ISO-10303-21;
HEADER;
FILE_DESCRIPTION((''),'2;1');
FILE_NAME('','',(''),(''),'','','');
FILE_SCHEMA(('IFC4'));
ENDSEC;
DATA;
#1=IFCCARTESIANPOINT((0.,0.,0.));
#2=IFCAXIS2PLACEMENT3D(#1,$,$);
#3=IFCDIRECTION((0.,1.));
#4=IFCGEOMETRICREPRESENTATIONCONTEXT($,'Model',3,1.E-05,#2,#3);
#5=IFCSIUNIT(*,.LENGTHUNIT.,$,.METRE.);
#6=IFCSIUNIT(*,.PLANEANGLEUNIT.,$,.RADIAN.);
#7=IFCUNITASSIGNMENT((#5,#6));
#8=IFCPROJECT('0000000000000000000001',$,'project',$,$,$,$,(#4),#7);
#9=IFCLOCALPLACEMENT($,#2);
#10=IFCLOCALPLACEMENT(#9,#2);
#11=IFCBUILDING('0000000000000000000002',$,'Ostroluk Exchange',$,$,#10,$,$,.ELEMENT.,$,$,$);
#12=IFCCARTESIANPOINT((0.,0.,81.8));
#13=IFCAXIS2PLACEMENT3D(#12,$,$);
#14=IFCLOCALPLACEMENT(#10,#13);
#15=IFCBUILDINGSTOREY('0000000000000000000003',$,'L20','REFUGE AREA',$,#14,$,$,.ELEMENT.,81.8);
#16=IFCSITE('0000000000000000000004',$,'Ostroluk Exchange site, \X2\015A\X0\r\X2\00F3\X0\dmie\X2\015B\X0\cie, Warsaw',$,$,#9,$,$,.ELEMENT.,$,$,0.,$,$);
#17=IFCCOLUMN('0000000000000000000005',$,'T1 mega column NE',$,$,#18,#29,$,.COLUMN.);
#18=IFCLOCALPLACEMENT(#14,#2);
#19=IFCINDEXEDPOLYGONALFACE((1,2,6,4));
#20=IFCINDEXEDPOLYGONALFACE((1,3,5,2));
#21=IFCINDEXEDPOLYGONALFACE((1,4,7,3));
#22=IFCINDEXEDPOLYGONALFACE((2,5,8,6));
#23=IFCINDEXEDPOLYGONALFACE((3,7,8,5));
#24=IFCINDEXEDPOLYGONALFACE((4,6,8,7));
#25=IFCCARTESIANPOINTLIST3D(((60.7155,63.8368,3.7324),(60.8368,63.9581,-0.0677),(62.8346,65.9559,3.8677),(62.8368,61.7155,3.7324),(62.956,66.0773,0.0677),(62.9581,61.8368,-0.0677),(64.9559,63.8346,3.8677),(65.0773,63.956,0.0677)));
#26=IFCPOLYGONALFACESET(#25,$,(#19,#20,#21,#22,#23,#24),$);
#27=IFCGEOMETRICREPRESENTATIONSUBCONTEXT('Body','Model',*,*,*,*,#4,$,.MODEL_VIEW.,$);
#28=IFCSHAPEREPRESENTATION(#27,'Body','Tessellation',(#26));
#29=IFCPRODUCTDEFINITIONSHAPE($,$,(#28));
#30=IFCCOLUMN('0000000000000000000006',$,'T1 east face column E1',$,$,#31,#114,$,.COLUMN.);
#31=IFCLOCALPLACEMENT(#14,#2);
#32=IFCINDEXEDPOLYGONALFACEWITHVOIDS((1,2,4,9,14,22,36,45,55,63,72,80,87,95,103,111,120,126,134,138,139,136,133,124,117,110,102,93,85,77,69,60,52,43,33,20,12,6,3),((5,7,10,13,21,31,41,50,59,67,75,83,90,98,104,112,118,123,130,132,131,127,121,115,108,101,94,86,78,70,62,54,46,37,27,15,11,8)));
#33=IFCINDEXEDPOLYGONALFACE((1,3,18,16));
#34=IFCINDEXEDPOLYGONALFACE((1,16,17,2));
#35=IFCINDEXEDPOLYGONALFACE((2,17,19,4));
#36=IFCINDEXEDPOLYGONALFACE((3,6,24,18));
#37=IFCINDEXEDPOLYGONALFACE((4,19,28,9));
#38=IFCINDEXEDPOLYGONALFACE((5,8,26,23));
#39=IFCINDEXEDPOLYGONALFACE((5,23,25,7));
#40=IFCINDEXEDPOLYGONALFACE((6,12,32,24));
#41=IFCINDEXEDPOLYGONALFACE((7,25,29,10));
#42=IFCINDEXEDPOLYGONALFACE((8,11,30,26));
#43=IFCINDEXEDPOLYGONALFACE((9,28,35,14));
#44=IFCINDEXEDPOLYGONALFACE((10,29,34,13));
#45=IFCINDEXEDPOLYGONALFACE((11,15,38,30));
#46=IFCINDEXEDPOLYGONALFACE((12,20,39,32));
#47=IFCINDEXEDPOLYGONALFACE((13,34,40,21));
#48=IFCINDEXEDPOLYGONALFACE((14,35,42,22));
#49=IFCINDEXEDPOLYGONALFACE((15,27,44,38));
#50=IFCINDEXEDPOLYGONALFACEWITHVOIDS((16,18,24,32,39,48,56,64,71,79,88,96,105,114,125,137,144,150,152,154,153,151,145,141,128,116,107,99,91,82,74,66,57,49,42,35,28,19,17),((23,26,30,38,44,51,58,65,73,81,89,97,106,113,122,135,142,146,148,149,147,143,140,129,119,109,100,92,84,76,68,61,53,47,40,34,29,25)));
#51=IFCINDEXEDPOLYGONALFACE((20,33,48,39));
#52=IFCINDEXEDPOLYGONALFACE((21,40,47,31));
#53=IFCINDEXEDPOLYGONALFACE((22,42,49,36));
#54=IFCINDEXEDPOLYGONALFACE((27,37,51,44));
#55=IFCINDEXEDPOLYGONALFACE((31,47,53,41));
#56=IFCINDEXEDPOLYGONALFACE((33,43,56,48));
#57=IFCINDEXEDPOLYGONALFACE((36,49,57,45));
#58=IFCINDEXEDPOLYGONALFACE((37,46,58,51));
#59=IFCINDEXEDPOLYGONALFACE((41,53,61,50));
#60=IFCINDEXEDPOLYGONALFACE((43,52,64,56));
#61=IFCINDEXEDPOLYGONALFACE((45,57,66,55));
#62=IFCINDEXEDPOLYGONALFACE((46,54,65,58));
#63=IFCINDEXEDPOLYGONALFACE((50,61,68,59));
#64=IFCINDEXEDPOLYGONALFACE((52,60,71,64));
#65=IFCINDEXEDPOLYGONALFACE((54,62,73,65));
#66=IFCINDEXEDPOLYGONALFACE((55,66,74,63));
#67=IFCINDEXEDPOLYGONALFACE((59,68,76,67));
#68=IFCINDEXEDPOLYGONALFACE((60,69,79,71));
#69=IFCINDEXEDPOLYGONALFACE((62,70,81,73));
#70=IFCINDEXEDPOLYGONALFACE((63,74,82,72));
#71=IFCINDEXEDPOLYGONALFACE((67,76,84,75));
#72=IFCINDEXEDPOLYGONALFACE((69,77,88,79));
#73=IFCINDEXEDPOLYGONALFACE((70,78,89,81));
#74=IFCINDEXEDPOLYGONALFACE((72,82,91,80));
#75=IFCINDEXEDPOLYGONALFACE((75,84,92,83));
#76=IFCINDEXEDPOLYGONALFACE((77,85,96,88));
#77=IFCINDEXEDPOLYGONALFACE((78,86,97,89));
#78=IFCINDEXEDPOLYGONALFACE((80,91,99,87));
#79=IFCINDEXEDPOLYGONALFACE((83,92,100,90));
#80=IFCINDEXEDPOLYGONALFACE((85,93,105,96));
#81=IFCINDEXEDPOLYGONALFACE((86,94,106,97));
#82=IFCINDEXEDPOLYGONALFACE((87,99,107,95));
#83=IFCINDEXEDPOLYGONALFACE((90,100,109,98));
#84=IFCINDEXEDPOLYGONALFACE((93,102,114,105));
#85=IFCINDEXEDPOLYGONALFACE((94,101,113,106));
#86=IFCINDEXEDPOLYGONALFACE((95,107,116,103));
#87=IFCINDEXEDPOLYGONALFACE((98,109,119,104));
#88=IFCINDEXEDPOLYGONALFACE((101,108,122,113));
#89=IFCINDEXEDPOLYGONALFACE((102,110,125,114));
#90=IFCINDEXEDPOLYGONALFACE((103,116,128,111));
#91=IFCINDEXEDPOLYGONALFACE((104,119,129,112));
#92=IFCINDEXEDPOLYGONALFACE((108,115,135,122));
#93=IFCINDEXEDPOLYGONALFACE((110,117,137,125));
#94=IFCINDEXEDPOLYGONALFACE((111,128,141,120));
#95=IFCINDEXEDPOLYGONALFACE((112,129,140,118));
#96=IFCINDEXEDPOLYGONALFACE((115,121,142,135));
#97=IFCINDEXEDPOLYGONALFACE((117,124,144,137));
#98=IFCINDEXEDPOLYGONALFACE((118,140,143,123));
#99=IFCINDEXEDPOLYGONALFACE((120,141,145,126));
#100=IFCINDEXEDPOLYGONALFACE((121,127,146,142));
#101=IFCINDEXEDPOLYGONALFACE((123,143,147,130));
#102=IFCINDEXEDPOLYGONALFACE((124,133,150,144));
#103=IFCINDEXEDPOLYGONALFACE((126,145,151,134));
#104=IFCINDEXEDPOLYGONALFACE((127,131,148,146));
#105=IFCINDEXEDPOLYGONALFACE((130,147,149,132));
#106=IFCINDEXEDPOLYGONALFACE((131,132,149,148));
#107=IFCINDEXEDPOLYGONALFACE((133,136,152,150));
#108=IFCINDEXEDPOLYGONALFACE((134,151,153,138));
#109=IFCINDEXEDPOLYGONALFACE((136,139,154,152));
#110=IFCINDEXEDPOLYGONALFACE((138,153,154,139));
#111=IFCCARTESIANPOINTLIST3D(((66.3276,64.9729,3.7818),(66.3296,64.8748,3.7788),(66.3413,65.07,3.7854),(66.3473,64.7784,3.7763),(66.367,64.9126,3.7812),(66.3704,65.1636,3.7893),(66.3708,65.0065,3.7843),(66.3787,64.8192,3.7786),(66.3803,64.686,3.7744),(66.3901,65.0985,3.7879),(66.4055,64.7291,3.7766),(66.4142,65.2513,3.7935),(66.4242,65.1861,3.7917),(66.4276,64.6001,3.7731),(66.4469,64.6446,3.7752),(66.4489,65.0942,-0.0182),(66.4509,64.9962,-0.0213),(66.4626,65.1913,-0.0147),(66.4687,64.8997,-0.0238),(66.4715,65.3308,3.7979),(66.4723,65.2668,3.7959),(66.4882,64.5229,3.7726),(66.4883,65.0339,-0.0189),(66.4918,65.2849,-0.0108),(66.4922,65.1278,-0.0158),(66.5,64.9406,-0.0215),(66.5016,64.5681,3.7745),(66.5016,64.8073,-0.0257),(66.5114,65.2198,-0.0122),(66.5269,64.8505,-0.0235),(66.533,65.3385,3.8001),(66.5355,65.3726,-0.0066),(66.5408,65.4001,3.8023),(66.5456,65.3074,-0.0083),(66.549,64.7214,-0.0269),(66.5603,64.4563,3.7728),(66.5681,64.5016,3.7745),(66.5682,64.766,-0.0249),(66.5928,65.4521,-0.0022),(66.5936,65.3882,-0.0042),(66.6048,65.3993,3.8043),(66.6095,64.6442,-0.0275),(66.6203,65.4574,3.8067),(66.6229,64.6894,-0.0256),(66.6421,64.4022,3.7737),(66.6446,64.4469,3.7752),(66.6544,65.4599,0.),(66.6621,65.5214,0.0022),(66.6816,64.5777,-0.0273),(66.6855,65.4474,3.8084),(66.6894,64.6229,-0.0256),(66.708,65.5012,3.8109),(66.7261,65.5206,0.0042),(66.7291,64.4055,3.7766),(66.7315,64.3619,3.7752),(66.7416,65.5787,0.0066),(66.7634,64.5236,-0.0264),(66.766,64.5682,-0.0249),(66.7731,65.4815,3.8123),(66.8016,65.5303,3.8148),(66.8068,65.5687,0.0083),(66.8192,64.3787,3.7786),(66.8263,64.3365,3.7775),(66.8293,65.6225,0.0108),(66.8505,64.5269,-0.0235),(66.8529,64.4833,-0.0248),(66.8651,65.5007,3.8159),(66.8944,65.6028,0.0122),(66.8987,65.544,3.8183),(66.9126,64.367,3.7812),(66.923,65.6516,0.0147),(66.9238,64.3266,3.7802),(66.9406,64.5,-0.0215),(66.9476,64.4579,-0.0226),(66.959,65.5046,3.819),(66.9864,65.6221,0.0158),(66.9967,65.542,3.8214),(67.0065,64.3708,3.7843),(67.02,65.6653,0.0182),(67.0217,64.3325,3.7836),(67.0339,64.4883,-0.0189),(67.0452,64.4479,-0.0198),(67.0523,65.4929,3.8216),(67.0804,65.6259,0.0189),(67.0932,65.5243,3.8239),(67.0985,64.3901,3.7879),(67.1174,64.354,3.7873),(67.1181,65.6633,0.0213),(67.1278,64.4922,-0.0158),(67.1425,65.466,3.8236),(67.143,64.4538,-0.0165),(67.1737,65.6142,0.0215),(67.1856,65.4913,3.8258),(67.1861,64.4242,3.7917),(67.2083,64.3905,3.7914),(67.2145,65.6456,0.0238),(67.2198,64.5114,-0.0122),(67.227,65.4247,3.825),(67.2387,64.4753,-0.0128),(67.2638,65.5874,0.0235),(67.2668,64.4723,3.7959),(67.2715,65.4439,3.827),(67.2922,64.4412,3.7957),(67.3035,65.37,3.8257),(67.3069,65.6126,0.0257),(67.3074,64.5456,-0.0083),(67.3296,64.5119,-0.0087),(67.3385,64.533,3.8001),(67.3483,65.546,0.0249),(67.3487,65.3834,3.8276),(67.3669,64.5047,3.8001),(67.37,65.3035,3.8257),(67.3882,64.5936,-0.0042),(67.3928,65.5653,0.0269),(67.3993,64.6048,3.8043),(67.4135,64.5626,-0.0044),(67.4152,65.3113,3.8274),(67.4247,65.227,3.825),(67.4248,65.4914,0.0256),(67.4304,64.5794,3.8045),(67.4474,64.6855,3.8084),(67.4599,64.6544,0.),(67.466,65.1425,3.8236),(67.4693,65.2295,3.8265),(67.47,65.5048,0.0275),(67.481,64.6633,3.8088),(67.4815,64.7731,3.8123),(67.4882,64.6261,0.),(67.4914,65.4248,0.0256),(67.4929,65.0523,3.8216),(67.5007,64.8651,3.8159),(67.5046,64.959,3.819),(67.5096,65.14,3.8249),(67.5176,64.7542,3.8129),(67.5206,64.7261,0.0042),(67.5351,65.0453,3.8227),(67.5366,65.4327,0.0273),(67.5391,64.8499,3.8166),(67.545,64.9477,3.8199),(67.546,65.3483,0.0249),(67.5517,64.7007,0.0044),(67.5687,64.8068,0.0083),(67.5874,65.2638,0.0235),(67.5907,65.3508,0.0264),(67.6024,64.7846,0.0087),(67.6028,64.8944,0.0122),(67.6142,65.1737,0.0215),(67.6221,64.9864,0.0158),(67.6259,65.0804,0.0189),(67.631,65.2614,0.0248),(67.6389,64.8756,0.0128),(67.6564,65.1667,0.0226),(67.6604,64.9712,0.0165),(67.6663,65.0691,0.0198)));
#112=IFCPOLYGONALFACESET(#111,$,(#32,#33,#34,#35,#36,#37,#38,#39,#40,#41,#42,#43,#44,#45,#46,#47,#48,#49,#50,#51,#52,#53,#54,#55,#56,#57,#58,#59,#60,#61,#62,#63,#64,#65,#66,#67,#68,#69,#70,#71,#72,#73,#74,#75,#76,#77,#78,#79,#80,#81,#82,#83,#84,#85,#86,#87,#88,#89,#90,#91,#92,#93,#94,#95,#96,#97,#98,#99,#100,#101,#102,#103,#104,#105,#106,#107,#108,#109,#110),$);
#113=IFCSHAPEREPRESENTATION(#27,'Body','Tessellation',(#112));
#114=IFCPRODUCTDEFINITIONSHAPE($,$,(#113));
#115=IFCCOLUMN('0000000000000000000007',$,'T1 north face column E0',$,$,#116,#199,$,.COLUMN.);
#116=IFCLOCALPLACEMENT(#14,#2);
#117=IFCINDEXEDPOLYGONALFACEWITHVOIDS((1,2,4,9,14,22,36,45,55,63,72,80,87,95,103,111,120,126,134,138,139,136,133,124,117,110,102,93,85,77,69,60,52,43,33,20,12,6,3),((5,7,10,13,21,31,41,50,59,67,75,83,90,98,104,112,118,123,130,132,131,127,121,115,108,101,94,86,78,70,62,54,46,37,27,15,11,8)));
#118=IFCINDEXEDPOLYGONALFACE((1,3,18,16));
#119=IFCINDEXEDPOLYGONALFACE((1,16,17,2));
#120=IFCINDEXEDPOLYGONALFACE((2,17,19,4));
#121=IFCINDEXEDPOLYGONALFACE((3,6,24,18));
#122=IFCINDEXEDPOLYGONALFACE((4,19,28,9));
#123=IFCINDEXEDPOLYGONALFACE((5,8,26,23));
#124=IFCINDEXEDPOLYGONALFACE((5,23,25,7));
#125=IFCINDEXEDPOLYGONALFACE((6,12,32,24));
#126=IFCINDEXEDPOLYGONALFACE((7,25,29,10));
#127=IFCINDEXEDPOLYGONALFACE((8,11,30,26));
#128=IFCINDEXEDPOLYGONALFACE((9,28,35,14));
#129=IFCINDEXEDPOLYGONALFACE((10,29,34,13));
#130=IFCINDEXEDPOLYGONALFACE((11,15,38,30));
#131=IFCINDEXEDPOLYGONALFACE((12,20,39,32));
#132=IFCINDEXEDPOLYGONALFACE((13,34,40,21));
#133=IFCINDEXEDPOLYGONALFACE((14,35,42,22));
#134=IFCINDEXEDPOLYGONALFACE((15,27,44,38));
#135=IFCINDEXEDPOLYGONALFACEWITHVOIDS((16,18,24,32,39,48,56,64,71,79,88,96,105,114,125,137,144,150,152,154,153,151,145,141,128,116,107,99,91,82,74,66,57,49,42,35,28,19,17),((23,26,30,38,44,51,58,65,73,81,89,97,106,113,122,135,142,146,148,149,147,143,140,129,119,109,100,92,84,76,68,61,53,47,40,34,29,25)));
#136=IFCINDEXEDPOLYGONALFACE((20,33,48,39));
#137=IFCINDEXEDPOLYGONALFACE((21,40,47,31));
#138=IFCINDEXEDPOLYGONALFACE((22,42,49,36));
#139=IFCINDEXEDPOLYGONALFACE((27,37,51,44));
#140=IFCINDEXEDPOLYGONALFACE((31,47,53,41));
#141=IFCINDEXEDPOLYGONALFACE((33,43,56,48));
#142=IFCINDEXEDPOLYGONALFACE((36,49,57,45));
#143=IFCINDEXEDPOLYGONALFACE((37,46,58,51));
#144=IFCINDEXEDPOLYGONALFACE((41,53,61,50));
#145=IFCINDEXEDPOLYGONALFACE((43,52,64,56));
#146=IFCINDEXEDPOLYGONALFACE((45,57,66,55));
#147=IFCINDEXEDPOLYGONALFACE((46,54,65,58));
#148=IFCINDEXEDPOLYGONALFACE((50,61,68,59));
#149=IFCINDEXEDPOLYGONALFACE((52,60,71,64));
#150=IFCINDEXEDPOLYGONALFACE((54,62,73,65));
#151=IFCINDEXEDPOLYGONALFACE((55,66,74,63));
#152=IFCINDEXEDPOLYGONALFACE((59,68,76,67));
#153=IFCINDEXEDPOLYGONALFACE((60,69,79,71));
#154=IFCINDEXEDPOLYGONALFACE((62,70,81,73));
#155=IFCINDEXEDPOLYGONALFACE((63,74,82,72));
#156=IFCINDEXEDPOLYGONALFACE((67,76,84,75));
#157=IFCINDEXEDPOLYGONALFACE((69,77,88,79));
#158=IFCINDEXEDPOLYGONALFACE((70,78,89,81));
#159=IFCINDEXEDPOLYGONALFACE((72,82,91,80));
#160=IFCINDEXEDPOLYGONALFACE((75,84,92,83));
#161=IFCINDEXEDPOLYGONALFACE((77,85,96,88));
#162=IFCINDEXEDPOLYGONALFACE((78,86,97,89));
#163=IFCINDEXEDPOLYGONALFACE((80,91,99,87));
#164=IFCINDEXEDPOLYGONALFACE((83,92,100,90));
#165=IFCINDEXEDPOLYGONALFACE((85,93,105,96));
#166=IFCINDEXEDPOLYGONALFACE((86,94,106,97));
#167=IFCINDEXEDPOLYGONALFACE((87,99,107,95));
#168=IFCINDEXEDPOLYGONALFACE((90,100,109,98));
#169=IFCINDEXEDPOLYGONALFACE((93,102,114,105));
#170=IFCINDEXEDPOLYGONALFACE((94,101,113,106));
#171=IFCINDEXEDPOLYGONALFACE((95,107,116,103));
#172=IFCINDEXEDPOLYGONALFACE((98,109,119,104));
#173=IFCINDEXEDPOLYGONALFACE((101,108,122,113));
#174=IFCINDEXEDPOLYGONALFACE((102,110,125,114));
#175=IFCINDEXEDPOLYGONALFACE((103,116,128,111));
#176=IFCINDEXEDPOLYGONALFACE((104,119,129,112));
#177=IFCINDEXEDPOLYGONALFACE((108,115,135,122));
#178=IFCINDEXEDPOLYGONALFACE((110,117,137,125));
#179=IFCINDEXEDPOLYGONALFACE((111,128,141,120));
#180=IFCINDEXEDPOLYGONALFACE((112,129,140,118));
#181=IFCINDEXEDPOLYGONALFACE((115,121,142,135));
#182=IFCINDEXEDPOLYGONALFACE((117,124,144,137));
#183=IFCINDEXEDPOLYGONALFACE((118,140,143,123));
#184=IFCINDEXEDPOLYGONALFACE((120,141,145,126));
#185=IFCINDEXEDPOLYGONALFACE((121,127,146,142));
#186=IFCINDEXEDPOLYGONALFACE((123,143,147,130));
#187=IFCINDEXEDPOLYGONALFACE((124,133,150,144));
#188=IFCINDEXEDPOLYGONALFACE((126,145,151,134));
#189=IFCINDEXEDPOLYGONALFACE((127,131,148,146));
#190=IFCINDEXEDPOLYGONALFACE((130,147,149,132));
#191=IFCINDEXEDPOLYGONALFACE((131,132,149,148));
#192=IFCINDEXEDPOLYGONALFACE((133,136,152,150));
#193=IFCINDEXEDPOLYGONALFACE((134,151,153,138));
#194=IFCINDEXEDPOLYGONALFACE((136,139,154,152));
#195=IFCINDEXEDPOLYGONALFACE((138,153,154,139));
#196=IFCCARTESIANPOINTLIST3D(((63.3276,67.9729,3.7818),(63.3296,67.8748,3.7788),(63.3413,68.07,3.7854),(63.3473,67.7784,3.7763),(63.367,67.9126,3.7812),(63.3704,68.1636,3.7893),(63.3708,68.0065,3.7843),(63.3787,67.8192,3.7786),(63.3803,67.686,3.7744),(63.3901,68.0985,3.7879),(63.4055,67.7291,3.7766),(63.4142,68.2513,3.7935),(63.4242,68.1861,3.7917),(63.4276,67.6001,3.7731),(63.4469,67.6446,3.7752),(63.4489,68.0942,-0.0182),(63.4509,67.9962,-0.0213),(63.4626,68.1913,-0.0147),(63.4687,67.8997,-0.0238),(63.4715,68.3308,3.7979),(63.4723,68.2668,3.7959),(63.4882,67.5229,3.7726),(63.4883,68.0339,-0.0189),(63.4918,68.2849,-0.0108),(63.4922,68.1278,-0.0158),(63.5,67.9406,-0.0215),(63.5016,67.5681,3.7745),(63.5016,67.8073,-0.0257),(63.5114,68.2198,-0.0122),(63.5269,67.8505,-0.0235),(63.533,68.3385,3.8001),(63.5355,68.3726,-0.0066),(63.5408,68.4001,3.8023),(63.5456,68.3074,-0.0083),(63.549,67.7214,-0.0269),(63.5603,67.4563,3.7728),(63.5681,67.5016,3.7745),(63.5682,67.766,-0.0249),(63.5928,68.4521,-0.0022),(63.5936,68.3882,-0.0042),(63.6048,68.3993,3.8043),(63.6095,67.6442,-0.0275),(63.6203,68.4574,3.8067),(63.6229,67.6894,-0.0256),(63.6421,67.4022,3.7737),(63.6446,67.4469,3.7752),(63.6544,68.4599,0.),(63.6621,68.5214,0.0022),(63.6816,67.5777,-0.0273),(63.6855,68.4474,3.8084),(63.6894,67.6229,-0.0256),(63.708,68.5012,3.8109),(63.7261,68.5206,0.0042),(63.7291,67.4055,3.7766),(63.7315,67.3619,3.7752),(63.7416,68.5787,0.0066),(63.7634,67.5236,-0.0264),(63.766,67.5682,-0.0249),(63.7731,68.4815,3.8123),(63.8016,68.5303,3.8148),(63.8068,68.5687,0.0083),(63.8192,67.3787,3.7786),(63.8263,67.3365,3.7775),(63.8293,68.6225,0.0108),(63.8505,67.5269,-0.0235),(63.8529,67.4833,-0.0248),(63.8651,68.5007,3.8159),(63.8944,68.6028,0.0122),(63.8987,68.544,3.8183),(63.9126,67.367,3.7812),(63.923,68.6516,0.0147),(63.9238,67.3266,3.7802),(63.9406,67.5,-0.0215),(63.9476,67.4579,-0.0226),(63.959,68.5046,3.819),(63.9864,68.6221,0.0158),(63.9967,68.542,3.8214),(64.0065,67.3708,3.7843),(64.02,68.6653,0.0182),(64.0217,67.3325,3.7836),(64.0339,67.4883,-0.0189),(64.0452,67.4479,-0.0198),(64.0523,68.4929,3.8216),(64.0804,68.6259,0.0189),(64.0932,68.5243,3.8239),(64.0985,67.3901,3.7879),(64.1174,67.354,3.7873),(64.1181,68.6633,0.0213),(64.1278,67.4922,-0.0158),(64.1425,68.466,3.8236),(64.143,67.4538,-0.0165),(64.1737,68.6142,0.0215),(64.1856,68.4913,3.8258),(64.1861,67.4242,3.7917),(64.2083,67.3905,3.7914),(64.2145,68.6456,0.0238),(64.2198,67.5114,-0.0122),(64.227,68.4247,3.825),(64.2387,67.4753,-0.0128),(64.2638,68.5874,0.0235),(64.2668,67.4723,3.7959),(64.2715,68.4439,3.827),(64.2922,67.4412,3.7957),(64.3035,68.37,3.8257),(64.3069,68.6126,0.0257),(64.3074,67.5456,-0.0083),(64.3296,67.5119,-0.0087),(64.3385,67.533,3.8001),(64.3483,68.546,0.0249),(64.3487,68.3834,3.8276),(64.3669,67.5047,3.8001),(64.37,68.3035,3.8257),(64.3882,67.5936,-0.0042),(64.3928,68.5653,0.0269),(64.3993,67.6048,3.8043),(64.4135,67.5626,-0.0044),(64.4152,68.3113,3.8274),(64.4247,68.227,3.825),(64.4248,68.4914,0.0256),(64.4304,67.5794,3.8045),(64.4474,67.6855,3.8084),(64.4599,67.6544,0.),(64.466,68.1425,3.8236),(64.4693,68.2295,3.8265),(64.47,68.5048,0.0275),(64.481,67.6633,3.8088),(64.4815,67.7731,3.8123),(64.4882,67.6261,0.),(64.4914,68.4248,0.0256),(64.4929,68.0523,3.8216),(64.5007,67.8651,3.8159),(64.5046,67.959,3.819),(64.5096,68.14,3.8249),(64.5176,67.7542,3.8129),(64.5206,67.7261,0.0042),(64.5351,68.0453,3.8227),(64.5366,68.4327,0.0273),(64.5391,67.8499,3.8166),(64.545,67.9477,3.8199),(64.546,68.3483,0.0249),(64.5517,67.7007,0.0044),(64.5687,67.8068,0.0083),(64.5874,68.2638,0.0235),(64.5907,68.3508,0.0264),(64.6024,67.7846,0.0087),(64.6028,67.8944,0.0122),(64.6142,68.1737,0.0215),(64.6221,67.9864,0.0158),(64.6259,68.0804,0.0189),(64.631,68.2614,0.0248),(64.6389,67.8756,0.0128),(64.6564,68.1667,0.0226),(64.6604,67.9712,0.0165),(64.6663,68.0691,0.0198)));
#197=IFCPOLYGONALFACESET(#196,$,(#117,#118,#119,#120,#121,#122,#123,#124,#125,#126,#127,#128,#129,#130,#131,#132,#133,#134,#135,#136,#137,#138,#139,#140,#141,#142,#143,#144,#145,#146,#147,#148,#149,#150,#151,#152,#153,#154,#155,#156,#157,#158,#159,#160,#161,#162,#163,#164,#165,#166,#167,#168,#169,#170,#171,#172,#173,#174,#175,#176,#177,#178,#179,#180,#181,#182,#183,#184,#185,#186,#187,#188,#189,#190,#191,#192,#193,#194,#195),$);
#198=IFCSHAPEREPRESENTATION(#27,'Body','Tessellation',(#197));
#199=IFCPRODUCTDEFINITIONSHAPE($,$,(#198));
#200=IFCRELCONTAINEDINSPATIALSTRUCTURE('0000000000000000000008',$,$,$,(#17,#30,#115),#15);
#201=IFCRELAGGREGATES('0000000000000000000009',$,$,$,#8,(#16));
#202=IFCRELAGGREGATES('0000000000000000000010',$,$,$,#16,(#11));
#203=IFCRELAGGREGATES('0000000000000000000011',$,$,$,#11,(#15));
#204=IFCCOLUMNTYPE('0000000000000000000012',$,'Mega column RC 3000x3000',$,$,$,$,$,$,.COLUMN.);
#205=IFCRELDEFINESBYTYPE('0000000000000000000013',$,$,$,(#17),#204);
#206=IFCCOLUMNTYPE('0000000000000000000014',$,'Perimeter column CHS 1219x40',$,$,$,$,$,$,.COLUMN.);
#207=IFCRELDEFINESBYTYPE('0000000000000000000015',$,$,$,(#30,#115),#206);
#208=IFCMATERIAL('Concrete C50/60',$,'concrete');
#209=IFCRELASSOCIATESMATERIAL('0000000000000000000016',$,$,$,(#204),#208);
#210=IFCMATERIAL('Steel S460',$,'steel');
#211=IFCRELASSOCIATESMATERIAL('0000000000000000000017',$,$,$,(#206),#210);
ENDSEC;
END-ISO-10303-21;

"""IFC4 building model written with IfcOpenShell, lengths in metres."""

from ifc_helpers import new_model, si_unit, direction, frame, origin, origin_2d, place, context, subcontext, project, spatial, rectangle, hollow_circle, extrude, material, material_profile, profile_set, type_object, element, save


model = new_model("IFC4")

# Units and contexts
model_context = context("Model", 3, precision=1e-05, world=origin(), true_north=direction((0.0, 1.0)))
body_context = subcontext(model_context, "Body", "Model", "MODEL_VIEW")
ifc_project = project(units=[si_unit("LENGTHUNIT", "METRE"), si_unit("PLANEANGLEUNIT", "RADIAN")], contexts=[model_context])

# Site, building, storey
site_placement = place(None, origin())
site = spatial("IfcSite", under=ifc_project, at=site_placement, Name="Ostroluk Exchange site, Śródmieście, Warsaw", CompositionType="ELEMENT", RefElevation=0.0)
building_placement = place(site_placement, origin())
building = spatial("IfcBuilding", under=site, at=building_placement, Name="Ostroluk Exchange", CompositionType="ELEMENT")
storey_placement = place(building_placement, frame((0.0, 0.0, 81.8)))
storey = spatial("IfcBuildingStorey", under=building, at=storey_placement, Name="L20", Description="REFUGE AREA", CompositionType="ELEMENT", Elevation=81.8)

# Columns
ifc_material_1 = material(Name="Concrete C50/60", Category="concrete")
ifc_material_profile_1 = material_profile(ifc_material_1, rectangle(XDim=3.0, YDim=3.0, at=origin_2d()), Name="RC 3000x3000")
ifc_profile_set_1 = profile_set([ifc_material_profile_1], Name="Concrete C50/60")
column_type_1 = type_object("IfcColumnType", Name="Mega column RC 3000x3000", PredefinedType="COLUMN", material=ifc_profile_set_1)
column_placement = place(storey_placement, frame((62.957, 63.957, 0.0), z_axis=(-0.031898, -0.031898, 0.998982), x_axis=(0.707107, -0.707107, 0.0)))
element("IfcColumn", 1, at=column_placement, inside=storey, type_object=column_type_1, Name="T1 mega column NE", PredefinedType="COLUMN", context=body_context, shape_type="SweptSolid", body=[
    extrude(rectangle(XDim=3.0, YDim=3.0, at=origin_2d()), origin(), (0.0, 0.0, 1.0), 3.804),
])
ifc_material_2 = material(Name="Steel S460", Category="steel")
ifc_material_profile_2 = material_profile(ifc_material_2, hollow_circle(Radius=0.6096, WallThickness=0.04, at=origin_2d()), Name="CHS 1219x40")
ifc_profile_set_2 = profile_set([ifc_material_profile_2], Name="Steel S460")
column_type_2 = type_object("IfcColumnType", Name="Perimeter column CHS 1219x40", PredefinedType="COLUMN", material=ifc_profile_set_2)
for number, where, z_axis, x_axis, name in (
    (2, (67.0571, 65.0571, 0.0), (-0.031898, -0.031898, 0.998982), (0.707107, -0.707107, 0.0), "T1 east face column E1"),
    (3, (64.0571, 68.0571, 0.0), (-0.031898, -0.031898, 0.998982), (0.707107, -0.707107, 0.0), "T1 north face column E0"),
):
    element("IfcColumn", number, at=place(storey_placement, frame(where, z_axis=z_axis, x_axis=x_axis)), inside=storey, type_object=column_type_2, Name=name, PredefinedType="COLUMN", context=body_context, shape_type="SweptSolid", body=[
        extrude(hollow_circle(Radius=0.6096, WallThickness=0.04, at=origin_2d()), origin(), (0.0, 0.0, 1.0), 3.804),
    ])

save(model, "model.ifc")
